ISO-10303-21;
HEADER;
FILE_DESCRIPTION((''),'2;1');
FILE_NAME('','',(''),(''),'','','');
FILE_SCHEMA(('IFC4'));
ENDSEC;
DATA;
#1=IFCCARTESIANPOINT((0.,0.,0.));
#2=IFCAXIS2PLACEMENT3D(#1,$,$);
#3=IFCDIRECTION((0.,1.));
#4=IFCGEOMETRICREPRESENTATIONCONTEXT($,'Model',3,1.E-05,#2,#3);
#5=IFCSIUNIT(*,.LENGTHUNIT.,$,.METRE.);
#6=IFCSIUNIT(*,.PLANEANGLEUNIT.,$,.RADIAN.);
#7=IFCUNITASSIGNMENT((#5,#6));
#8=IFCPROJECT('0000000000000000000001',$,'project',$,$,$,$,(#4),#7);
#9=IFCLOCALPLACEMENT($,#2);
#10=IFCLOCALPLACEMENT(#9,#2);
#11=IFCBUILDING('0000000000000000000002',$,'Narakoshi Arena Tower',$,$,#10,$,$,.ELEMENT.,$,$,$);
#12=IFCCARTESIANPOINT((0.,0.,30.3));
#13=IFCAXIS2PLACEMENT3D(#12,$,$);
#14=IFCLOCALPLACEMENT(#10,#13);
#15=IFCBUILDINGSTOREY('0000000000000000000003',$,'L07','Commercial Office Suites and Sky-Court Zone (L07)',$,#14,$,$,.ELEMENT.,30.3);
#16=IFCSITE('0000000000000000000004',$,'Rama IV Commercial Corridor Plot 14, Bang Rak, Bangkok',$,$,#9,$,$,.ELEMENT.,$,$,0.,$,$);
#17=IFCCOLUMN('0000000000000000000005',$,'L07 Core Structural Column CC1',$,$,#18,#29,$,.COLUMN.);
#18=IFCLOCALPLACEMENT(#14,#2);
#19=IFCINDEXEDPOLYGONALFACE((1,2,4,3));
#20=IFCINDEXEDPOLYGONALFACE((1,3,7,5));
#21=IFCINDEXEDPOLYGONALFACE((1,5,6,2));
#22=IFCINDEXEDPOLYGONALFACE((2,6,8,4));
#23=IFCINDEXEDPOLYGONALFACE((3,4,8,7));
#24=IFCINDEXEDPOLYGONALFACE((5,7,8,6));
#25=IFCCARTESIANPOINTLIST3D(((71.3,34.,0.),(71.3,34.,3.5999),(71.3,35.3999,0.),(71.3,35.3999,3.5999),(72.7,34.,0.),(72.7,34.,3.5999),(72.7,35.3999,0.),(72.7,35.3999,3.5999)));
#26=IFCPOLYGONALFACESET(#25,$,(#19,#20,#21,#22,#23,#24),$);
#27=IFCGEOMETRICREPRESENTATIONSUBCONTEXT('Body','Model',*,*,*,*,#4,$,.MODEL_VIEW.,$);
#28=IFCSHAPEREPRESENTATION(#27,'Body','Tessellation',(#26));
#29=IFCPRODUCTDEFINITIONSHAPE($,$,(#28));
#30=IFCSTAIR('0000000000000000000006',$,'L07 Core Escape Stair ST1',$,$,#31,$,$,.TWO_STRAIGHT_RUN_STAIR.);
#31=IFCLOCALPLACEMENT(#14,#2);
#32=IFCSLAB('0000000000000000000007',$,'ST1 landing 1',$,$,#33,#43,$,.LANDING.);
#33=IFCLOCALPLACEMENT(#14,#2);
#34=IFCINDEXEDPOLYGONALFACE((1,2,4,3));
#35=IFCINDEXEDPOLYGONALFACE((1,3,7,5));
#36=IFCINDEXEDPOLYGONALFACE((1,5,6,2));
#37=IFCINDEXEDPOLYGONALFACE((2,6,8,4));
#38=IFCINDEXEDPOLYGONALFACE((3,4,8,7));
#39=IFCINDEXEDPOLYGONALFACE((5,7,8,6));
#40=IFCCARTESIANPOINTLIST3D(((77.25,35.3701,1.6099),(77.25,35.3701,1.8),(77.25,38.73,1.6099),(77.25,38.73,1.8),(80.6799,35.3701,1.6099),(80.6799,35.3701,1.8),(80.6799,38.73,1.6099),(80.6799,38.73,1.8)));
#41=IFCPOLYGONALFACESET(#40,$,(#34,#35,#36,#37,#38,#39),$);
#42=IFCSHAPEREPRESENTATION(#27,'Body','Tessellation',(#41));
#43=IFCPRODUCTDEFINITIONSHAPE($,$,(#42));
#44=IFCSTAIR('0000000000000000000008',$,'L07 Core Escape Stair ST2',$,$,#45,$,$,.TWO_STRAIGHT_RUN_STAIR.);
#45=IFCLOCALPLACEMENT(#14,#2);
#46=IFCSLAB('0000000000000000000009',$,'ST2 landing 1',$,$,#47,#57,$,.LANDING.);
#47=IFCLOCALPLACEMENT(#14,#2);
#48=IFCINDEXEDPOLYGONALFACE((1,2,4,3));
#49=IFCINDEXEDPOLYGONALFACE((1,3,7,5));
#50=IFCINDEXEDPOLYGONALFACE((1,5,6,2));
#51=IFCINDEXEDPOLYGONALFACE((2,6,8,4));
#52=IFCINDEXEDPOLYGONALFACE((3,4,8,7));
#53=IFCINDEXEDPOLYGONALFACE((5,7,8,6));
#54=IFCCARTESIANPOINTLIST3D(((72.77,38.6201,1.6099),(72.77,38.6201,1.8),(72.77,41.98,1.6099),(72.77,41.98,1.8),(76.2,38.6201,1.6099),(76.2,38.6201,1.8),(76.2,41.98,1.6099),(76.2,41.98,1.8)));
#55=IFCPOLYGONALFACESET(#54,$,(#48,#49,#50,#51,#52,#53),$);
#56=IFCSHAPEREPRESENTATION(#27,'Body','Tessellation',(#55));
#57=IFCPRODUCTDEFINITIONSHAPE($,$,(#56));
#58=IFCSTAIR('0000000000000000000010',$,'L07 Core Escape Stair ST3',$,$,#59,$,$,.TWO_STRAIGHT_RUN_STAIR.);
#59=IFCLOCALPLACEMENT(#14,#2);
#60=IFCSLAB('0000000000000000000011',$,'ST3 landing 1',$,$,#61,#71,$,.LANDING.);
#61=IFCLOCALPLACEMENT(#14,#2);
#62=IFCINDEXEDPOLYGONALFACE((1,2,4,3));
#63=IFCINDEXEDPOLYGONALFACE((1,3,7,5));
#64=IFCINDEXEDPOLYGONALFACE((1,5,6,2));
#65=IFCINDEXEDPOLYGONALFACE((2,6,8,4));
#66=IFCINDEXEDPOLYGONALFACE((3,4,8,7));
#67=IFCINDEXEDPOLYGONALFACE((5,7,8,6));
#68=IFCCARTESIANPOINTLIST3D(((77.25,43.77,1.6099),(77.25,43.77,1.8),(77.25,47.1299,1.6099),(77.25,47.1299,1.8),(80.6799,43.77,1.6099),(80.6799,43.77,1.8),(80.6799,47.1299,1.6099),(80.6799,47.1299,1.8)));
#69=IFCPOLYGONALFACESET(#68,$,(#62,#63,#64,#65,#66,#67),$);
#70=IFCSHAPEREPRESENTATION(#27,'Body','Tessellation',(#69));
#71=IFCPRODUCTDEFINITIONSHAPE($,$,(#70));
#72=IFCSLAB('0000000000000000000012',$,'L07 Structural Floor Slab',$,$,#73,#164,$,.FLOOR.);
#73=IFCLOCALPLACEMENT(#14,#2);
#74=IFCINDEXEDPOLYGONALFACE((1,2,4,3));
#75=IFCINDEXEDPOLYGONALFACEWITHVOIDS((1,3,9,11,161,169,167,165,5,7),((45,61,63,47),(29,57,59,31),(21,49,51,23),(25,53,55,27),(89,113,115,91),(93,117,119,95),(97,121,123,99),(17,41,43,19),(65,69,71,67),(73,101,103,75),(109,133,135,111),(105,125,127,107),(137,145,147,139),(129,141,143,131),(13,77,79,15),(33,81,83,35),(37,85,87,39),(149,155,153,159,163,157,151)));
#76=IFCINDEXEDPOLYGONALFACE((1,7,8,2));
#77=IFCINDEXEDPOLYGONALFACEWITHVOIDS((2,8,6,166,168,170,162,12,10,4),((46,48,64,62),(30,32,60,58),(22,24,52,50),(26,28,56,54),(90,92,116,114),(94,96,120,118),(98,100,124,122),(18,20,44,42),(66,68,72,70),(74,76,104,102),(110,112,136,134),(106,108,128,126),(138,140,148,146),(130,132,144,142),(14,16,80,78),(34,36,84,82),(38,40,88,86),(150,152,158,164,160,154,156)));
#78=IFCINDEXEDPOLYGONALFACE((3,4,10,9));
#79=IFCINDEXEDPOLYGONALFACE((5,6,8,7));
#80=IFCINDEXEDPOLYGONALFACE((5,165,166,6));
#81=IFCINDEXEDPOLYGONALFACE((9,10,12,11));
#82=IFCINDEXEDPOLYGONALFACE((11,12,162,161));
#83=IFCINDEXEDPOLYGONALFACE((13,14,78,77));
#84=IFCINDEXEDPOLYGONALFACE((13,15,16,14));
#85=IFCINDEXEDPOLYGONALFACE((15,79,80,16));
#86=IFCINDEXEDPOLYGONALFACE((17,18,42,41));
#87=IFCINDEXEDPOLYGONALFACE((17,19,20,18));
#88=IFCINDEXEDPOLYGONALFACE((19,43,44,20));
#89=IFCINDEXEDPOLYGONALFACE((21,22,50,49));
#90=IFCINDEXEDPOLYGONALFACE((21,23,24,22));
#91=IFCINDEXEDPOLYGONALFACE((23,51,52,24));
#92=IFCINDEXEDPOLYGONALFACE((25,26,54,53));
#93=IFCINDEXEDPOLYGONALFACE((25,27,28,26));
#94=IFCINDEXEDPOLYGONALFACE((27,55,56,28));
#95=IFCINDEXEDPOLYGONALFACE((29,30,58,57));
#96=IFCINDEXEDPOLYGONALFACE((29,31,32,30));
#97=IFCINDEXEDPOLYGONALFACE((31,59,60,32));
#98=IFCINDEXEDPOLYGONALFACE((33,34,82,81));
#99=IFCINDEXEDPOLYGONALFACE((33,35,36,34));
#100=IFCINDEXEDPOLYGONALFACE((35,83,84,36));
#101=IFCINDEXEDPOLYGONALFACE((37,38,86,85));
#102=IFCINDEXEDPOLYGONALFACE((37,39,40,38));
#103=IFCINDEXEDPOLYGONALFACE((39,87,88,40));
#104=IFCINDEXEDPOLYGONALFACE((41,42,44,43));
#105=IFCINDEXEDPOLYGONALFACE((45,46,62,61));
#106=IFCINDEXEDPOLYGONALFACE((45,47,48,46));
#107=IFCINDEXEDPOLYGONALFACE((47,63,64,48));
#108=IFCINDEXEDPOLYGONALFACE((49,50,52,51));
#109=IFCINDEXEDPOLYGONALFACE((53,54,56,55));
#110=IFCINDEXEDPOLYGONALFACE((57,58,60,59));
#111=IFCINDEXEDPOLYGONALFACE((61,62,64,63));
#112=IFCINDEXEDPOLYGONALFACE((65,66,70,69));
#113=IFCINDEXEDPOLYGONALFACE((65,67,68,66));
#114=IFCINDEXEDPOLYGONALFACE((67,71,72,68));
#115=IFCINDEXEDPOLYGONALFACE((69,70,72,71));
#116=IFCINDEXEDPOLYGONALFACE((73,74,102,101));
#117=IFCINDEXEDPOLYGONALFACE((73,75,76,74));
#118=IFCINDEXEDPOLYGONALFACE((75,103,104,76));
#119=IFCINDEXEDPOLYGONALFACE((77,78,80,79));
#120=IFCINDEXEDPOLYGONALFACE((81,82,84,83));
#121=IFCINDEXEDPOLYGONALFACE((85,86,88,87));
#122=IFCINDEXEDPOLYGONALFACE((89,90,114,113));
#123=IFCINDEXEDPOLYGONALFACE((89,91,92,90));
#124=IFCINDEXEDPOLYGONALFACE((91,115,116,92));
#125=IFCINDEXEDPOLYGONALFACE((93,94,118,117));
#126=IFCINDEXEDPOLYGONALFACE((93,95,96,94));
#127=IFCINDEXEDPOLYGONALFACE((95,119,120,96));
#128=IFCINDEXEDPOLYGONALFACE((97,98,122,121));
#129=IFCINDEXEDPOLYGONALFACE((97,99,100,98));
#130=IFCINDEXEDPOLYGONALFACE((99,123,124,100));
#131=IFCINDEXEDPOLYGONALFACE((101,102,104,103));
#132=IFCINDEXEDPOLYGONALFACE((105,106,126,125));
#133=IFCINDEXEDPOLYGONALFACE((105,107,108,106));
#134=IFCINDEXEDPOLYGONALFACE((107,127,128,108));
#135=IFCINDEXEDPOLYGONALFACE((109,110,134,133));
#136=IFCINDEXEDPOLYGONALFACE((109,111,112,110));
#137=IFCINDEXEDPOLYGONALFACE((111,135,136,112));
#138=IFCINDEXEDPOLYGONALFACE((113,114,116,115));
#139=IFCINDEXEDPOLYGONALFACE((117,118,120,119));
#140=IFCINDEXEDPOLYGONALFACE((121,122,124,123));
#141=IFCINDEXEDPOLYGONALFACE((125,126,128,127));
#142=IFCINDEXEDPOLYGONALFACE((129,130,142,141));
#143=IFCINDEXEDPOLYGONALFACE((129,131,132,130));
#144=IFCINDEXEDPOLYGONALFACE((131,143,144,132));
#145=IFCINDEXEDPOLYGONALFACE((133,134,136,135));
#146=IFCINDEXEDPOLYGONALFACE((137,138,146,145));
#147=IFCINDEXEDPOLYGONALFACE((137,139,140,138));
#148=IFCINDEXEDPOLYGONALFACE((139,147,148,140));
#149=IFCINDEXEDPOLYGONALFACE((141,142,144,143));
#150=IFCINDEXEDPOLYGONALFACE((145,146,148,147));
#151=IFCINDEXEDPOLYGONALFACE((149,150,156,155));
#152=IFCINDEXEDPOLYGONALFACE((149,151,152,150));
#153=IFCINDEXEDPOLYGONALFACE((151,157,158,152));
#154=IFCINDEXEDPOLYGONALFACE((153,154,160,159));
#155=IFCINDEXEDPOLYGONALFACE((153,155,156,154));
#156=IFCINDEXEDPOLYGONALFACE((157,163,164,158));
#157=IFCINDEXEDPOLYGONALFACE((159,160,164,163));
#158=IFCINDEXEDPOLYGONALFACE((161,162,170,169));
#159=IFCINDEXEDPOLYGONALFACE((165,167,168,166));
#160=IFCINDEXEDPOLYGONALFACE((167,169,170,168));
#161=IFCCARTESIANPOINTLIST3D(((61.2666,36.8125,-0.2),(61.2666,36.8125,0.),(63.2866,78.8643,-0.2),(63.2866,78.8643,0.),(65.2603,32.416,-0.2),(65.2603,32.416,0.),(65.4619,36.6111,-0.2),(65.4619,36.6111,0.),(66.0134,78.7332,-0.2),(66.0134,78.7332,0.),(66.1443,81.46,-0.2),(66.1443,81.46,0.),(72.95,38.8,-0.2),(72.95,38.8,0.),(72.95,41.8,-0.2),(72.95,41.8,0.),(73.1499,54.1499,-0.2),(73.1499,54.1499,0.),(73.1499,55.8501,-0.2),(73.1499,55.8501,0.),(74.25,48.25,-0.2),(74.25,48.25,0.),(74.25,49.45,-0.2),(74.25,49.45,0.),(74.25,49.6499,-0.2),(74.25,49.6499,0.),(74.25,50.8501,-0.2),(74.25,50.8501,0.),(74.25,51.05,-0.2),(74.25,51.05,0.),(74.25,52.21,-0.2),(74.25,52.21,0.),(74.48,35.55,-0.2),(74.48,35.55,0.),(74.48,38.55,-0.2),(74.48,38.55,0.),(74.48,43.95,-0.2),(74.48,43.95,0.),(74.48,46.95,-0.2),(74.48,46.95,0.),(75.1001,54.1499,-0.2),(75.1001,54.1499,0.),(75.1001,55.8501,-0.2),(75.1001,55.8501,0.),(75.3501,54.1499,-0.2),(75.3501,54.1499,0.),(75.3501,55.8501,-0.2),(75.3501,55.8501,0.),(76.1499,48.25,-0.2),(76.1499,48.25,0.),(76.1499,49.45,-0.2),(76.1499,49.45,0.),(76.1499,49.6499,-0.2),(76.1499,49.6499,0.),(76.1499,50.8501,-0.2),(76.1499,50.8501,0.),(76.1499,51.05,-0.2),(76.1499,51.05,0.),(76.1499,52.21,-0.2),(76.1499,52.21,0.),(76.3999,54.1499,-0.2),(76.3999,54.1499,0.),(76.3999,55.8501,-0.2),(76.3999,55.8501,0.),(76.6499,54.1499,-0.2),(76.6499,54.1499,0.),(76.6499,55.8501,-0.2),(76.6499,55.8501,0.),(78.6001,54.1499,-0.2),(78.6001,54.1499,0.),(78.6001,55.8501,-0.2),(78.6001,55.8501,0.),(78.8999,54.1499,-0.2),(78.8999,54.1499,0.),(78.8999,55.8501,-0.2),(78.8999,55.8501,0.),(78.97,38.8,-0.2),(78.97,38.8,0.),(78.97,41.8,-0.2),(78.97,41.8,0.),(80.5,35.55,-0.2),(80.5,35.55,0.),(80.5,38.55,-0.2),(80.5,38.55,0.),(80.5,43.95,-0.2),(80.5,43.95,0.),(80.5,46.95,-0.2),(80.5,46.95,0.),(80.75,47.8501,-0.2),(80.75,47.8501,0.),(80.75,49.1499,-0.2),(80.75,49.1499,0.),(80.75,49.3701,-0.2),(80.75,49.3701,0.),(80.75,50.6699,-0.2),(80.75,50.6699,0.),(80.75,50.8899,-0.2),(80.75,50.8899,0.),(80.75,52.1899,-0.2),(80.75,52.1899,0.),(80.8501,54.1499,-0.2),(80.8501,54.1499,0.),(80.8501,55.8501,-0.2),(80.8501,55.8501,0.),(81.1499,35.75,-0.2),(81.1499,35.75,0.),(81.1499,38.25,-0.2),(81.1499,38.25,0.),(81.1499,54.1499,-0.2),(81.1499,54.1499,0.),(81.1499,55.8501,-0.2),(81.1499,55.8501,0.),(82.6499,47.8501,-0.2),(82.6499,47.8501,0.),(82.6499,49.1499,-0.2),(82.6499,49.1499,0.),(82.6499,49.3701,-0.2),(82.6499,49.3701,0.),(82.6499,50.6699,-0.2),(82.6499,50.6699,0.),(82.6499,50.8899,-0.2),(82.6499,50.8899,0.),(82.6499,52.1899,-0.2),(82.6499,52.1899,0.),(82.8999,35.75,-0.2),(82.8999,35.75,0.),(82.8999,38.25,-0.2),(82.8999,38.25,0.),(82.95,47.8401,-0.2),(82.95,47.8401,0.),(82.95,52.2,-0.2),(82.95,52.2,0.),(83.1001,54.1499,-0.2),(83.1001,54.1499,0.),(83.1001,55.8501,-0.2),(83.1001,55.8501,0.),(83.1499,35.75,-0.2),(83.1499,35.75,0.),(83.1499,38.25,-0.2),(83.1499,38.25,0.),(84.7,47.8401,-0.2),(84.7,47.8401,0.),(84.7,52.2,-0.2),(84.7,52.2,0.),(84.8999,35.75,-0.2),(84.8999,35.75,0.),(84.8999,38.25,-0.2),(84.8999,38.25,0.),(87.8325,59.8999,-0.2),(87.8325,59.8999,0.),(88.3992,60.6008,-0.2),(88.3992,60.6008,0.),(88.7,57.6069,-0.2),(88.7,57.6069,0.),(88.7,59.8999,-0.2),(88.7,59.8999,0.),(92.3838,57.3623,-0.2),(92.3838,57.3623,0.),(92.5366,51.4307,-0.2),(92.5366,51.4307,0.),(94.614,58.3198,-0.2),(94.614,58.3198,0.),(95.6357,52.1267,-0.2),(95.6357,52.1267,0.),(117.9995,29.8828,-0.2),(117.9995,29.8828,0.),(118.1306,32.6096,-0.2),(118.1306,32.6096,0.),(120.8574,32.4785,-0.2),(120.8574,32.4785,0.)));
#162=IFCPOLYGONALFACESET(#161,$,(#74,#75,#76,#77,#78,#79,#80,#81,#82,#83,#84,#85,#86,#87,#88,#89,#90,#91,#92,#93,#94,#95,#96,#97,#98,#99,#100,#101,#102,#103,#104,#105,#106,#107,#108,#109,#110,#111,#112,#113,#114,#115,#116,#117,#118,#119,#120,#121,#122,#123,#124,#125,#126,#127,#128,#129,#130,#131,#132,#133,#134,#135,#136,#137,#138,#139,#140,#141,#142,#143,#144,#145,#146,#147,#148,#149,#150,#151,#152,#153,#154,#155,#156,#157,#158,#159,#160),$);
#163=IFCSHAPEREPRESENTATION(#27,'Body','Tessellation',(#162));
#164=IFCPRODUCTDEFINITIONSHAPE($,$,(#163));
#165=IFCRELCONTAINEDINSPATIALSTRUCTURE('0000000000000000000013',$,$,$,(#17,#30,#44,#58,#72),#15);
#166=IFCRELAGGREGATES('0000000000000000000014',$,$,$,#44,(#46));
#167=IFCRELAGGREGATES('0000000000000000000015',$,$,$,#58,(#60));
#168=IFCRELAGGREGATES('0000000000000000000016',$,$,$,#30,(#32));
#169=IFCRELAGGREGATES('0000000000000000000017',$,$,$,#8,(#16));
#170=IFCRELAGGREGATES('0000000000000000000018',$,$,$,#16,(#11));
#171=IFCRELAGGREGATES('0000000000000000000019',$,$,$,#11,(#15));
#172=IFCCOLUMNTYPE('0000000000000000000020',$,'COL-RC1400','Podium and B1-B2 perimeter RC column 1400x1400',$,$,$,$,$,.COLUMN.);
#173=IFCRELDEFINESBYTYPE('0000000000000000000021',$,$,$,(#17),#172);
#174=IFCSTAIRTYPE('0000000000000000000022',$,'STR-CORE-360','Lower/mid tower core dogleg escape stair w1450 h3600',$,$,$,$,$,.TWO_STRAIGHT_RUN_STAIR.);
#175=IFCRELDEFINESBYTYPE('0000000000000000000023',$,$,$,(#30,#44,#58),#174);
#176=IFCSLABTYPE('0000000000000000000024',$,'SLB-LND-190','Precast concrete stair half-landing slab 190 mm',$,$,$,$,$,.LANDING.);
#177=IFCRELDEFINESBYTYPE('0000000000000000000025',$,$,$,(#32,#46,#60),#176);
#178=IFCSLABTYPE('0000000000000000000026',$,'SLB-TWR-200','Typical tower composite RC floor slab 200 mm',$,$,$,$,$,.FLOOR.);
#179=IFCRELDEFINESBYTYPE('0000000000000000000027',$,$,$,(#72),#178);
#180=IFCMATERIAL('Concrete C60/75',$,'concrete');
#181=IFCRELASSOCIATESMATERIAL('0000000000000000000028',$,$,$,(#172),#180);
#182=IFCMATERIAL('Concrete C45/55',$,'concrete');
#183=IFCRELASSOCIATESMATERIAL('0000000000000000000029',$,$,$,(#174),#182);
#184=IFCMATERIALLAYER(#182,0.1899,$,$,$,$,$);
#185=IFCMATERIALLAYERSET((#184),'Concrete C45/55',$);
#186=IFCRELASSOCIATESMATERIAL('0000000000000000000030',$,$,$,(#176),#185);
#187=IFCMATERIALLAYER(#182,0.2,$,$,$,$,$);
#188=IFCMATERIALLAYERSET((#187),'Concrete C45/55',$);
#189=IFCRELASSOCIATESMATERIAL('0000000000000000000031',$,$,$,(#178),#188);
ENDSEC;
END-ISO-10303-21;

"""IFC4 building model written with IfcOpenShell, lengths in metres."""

from ifc_helpers import new_model, si_unit, direction, frame, origin, origin_2d, place, context, subcontext, project, spatial, polyline, rectangle, outline, extrude, material, layer, layer_set, material_profile, profile_set, type_object, element, aggregate, save


model = new_model("IFC4")

# Units and contexts
model_context = context("Model", 3, precision=1e-05, world=origin(), true_north=direction((0.0, 1.0)))
body_context = subcontext(model_context, "Body", "Model", "MODEL_VIEW")
ifc_project = project(units=[si_unit("LENGTHUNIT", "METRE"), si_unit("PLANEANGLEUNIT", "RADIAN")], contexts=[model_context])

# Site, building, storey
site_placement = place(None, origin())
site = spatial("IfcSite", under=ifc_project, at=site_placement, Name="Rama IV Commercial Corridor Plot 14, Bang Rak, Bangkok", CompositionType="ELEMENT", RefElevation=0.0)
building_placement = place(site_placement, origin())
building = spatial("IfcBuilding", under=site, at=building_placement, Name="Narakoshi Arena Tower", CompositionType="ELEMENT")
storey_placement = place(building_placement, frame((0.0, 0.0, 30.3)))
storey = spatial("IfcBuildingStorey", under=building, at=storey_placement, Name="L07", Description="Commercial Office Suites and Sky-Court Zone (L07)", CompositionType="ELEMENT", Elevation=30.3)

# Column
ifc_material_1 = material(Name="Concrete C60/75", Category="concrete")
ifc_material_profile = material_profile(ifc_material_1, rectangle(XDim=1.3999, YDim=1.3999, at=origin_2d()), Name="RC1400x1400")
ifc_profile_set = profile_set([ifc_material_profile], Name="Concrete C60/75")
column_type = type_object("IfcColumnType", Name="COL-RC1400", Description="Podium and B1-B2 perimeter RC column 1400x1400", PredefinedType="COLUMN", material=ifc_profile_set)
column_placement = place(storey_placement, frame((72.0, 34.7, 0.0), z_axis=(0.0, 0.0, 1.0), x_axis=(1.0, 0.0, 0.0)))
element("IfcColumn", 1, at=column_placement, inside=storey, type_object=column_type, Name="L07 Core Structural Column CC1", PredefinedType="COLUMN", context=body_context, shape_type="SweptSolid", body=[
    extrude(rectangle(XDim=1.3999, YDim=1.3999, at=origin_2d()), origin(), (0.0, 0.0, 1.0), 3.5999),
])

# Stairs, slabs
ifc_material_2 = material(Name="Concrete C45/55", Category="concrete")
stair_type = type_object("IfcStairType", Name="STR-CORE-360", Description="Lower/mid tower core dogleg escape stair w1450 h3600", PredefinedType="TWO_STRAIGHT_RUN_STAIR", material=ifc_material_2)
stair_1_placement = place(storey_placement, origin())
stair_1 = element("IfcStair", 2, at=stair_1_placement, inside=storey, type_object=stair_type, Name="L07 Core Escape Stair ST1", PredefinedType="TWO_STRAIGHT_RUN_STAIR")
ifc_layer_1 = layer(ifc_material_2, 0.1899)
ifc_layer_set_1 = layer_set([ifc_layer_1], Name="Concrete C45/55")
slab_type_1 = type_object("IfcSlabType", Name="SLB-LND-190", Description="Precast concrete stair half-landing slab 190 mm", PredefinedType="LANDING", material=ifc_layer_set_1)
slab_1_placement = place(storey_placement, frame((0.0, 0.0, 1.6099)))
slab_1 = element("IfcSlab", 3, at=slab_1_placement, type_object=slab_type_1, Name="ST1 landing 1", PredefinedType="LANDING", context=body_context, shape_type="SweptSolid", body=[
    extrude(outline(polyline([(77.25, 35.3701), (80.6799, 35.3701), (80.6799, 38.73), (77.25, 38.73), (77.25, 35.3701)])), origin(), (0.0, 0.0, 1.0), 0.1902),
])
stair_2_placement = place(storey_placement, origin())
stair_2 = element("IfcStair", 4, at=stair_2_placement, inside=storey, type_object=stair_type, Name="L07 Core Escape Stair ST2", PredefinedType="TWO_STRAIGHT_RUN_STAIR")
slab_2_placement = place(storey_placement, frame((0.0, 0.0, 1.6099)))
slab_2 = element("IfcSlab", 5, at=slab_2_placement, type_object=slab_type_1, Name="ST2 landing 1", PredefinedType="LANDING", context=body_context, shape_type="SweptSolid", body=[
    extrude(outline(polyline([(72.77, 38.6201), (76.2, 38.6201), (76.2, 41.98), (72.77, 41.98), (72.77, 38.6201)])), origin(), (0.0, 0.0, 1.0), 0.1902),
])
aggregate(stair_2, [slab_2])
stair_3_placement = place(storey_placement, origin())
stair_3 = element("IfcStair", 6, at=stair_3_placement, inside=storey, type_object=stair_type, Name="L07 Core Escape Stair ST3", PredefinedType="TWO_STRAIGHT_RUN_STAIR")
slab_3_placement = place(storey_placement, frame((0.0, 0.0, 1.6099)))
slab_3 = element("IfcSlab", 7, at=slab_3_placement, type_object=slab_type_1, Name="ST3 landing 1", PredefinedType="LANDING", context=body_context, shape_type="SweptSolid", body=[
    extrude(outline(polyline([(77.25, 43.77), (80.6799, 43.77), (80.6799, 47.1299), (77.25, 47.1299), (77.25, 43.77)])), origin(), (0.0, 0.0, 1.0), 0.1902),
])
aggregate(stair_3, [slab_3])

# Slab
ifc_layer_2 = layer(ifc_material_2, 0.2)
ifc_layer_set_2 = layer_set([ifc_layer_2], Name="Concrete C45/55")
slab_type_2 = type_object("IfcSlabType", Name="SLB-TWR-200", Description="Typical tower composite RC floor slab 200 mm", PredefinedType="FLOOR", material=ifc_layer_set_2)
slab_4_placement = place(storey_placement, frame((0.0, 0.0, -0.2)))
element("IfcSlab", 8, at=slab_4_placement, inside=storey, type_object=slab_type_2, Name="L07 Structural Floor Slab", PredefinedType="FLOOR", context=body_context, shape_type="SweptSolid", body=[
    extrude(outline(polyline([(65.2603, 32.416), (117.9995, 29.8828), (118.1306, 32.6096), (120.8574, 32.4785), (94.614, 58.3198), (66.1443, 81.46), (66.0134, 78.7332), (63.2866, 78.8643), (61.2666, 36.8125), (65.4619, 36.6111), (65.2603, 32.416)]), holes=[polyline([(74.48, 35.55), (74.48, 38.55), (80.5, 38.55), (80.5, 35.55), (74.48, 35.55)]), polyline([(81.1499, 35.75), (81.1499, 38.25), (82.8999, 38.25), (82.8999, 35.75), (81.1499, 35.75)]), polyline([(83.1499, 35.75), (83.1499, 38.25), (84.8999, 38.25), (84.8999, 35.75), (83.1499, 35.75)]), polyline([(72.95, 38.8), (72.95, 41.8), (78.97, 41.8), (78.97, 38.8), (72.95, 38.8)]), polyline([(74.48, 43.95), (74.48, 46.95), (80.5, 46.95), (80.5, 43.95), (74.48, 43.95)]), polyline([(82.95, 47.8401), (82.95, 52.2), (84.7, 52.2), (84.7, 47.8401), (82.95, 47.8401)]), polyline([(80.75, 47.8501), (80.75, 49.1499), (82.6499, 49.1499), (82.6499, 47.8501), (80.75, 47.8501)]), polyline([(74.25, 48.25), (74.25, 49.45), (76.1499, 49.45), (76.1499, 48.25), (74.25, 48.25)]), polyline([(80.75, 49.3701), (80.75, 50.6699), (82.6499, 50.6699), (82.6499, 49.3701), (80.75, 49.3701)]), polyline([(74.25, 49.6499), (74.25, 50.8501), (76.1499, 50.8501), (76.1499, 49.6499), (74.25, 49.6499)]), polyline([(80.75, 50.8899), (80.75, 52.1899), (82.6499, 52.1899), (82.6499, 50.8899), (80.75, 50.8899)]), polyline([(74.25, 51.05), (74.25, 52.21), (76.1499, 52.21), (76.1499, 51.05), (74.25, 51.05)]), polyline([(95.6357, 52.1267), (92.5366, 51.4307), (88.7, 57.6069), (88.7, 59.8999), (87.8325, 59.8999), (88.3992, 60.6008), (92.3838, 57.3623), (95.6357, 52.1267)]), polyline([(73.1499, 54.1499), (73.1499, 55.8501), (75.1001, 55.8501), (75.1001, 54.1499), (73.1499, 54.1499)]), polyline([(75.3501, 55.8501), (76.3999, 55.8501), (76.3999, 54.1499), (75.3501, 54.1499), (75.3501, 55.8501)]), polyline([(76.6499, 55.8501), (78.6001, 55.8501), (78.6001, 54.1499), (76.6499, 54.1499), (76.6499, 55.8501)]), polyline([(78.8999, 54.1499), (78.8999, 55.8501), (80.8501, 55.8501), (80.8501, 54.1499), (78.8999, 54.1499)]), polyline([(81.1499, 55.8501), (83.1001, 55.8501), (83.1001, 54.1499), (81.1499, 54.1499), (81.1499, 55.8501)])]), origin(), (0.0, 0.0, 1.0), 0.2),
])

aggregate(stair_1, [slab_1])

save(model, "model.ifc")
